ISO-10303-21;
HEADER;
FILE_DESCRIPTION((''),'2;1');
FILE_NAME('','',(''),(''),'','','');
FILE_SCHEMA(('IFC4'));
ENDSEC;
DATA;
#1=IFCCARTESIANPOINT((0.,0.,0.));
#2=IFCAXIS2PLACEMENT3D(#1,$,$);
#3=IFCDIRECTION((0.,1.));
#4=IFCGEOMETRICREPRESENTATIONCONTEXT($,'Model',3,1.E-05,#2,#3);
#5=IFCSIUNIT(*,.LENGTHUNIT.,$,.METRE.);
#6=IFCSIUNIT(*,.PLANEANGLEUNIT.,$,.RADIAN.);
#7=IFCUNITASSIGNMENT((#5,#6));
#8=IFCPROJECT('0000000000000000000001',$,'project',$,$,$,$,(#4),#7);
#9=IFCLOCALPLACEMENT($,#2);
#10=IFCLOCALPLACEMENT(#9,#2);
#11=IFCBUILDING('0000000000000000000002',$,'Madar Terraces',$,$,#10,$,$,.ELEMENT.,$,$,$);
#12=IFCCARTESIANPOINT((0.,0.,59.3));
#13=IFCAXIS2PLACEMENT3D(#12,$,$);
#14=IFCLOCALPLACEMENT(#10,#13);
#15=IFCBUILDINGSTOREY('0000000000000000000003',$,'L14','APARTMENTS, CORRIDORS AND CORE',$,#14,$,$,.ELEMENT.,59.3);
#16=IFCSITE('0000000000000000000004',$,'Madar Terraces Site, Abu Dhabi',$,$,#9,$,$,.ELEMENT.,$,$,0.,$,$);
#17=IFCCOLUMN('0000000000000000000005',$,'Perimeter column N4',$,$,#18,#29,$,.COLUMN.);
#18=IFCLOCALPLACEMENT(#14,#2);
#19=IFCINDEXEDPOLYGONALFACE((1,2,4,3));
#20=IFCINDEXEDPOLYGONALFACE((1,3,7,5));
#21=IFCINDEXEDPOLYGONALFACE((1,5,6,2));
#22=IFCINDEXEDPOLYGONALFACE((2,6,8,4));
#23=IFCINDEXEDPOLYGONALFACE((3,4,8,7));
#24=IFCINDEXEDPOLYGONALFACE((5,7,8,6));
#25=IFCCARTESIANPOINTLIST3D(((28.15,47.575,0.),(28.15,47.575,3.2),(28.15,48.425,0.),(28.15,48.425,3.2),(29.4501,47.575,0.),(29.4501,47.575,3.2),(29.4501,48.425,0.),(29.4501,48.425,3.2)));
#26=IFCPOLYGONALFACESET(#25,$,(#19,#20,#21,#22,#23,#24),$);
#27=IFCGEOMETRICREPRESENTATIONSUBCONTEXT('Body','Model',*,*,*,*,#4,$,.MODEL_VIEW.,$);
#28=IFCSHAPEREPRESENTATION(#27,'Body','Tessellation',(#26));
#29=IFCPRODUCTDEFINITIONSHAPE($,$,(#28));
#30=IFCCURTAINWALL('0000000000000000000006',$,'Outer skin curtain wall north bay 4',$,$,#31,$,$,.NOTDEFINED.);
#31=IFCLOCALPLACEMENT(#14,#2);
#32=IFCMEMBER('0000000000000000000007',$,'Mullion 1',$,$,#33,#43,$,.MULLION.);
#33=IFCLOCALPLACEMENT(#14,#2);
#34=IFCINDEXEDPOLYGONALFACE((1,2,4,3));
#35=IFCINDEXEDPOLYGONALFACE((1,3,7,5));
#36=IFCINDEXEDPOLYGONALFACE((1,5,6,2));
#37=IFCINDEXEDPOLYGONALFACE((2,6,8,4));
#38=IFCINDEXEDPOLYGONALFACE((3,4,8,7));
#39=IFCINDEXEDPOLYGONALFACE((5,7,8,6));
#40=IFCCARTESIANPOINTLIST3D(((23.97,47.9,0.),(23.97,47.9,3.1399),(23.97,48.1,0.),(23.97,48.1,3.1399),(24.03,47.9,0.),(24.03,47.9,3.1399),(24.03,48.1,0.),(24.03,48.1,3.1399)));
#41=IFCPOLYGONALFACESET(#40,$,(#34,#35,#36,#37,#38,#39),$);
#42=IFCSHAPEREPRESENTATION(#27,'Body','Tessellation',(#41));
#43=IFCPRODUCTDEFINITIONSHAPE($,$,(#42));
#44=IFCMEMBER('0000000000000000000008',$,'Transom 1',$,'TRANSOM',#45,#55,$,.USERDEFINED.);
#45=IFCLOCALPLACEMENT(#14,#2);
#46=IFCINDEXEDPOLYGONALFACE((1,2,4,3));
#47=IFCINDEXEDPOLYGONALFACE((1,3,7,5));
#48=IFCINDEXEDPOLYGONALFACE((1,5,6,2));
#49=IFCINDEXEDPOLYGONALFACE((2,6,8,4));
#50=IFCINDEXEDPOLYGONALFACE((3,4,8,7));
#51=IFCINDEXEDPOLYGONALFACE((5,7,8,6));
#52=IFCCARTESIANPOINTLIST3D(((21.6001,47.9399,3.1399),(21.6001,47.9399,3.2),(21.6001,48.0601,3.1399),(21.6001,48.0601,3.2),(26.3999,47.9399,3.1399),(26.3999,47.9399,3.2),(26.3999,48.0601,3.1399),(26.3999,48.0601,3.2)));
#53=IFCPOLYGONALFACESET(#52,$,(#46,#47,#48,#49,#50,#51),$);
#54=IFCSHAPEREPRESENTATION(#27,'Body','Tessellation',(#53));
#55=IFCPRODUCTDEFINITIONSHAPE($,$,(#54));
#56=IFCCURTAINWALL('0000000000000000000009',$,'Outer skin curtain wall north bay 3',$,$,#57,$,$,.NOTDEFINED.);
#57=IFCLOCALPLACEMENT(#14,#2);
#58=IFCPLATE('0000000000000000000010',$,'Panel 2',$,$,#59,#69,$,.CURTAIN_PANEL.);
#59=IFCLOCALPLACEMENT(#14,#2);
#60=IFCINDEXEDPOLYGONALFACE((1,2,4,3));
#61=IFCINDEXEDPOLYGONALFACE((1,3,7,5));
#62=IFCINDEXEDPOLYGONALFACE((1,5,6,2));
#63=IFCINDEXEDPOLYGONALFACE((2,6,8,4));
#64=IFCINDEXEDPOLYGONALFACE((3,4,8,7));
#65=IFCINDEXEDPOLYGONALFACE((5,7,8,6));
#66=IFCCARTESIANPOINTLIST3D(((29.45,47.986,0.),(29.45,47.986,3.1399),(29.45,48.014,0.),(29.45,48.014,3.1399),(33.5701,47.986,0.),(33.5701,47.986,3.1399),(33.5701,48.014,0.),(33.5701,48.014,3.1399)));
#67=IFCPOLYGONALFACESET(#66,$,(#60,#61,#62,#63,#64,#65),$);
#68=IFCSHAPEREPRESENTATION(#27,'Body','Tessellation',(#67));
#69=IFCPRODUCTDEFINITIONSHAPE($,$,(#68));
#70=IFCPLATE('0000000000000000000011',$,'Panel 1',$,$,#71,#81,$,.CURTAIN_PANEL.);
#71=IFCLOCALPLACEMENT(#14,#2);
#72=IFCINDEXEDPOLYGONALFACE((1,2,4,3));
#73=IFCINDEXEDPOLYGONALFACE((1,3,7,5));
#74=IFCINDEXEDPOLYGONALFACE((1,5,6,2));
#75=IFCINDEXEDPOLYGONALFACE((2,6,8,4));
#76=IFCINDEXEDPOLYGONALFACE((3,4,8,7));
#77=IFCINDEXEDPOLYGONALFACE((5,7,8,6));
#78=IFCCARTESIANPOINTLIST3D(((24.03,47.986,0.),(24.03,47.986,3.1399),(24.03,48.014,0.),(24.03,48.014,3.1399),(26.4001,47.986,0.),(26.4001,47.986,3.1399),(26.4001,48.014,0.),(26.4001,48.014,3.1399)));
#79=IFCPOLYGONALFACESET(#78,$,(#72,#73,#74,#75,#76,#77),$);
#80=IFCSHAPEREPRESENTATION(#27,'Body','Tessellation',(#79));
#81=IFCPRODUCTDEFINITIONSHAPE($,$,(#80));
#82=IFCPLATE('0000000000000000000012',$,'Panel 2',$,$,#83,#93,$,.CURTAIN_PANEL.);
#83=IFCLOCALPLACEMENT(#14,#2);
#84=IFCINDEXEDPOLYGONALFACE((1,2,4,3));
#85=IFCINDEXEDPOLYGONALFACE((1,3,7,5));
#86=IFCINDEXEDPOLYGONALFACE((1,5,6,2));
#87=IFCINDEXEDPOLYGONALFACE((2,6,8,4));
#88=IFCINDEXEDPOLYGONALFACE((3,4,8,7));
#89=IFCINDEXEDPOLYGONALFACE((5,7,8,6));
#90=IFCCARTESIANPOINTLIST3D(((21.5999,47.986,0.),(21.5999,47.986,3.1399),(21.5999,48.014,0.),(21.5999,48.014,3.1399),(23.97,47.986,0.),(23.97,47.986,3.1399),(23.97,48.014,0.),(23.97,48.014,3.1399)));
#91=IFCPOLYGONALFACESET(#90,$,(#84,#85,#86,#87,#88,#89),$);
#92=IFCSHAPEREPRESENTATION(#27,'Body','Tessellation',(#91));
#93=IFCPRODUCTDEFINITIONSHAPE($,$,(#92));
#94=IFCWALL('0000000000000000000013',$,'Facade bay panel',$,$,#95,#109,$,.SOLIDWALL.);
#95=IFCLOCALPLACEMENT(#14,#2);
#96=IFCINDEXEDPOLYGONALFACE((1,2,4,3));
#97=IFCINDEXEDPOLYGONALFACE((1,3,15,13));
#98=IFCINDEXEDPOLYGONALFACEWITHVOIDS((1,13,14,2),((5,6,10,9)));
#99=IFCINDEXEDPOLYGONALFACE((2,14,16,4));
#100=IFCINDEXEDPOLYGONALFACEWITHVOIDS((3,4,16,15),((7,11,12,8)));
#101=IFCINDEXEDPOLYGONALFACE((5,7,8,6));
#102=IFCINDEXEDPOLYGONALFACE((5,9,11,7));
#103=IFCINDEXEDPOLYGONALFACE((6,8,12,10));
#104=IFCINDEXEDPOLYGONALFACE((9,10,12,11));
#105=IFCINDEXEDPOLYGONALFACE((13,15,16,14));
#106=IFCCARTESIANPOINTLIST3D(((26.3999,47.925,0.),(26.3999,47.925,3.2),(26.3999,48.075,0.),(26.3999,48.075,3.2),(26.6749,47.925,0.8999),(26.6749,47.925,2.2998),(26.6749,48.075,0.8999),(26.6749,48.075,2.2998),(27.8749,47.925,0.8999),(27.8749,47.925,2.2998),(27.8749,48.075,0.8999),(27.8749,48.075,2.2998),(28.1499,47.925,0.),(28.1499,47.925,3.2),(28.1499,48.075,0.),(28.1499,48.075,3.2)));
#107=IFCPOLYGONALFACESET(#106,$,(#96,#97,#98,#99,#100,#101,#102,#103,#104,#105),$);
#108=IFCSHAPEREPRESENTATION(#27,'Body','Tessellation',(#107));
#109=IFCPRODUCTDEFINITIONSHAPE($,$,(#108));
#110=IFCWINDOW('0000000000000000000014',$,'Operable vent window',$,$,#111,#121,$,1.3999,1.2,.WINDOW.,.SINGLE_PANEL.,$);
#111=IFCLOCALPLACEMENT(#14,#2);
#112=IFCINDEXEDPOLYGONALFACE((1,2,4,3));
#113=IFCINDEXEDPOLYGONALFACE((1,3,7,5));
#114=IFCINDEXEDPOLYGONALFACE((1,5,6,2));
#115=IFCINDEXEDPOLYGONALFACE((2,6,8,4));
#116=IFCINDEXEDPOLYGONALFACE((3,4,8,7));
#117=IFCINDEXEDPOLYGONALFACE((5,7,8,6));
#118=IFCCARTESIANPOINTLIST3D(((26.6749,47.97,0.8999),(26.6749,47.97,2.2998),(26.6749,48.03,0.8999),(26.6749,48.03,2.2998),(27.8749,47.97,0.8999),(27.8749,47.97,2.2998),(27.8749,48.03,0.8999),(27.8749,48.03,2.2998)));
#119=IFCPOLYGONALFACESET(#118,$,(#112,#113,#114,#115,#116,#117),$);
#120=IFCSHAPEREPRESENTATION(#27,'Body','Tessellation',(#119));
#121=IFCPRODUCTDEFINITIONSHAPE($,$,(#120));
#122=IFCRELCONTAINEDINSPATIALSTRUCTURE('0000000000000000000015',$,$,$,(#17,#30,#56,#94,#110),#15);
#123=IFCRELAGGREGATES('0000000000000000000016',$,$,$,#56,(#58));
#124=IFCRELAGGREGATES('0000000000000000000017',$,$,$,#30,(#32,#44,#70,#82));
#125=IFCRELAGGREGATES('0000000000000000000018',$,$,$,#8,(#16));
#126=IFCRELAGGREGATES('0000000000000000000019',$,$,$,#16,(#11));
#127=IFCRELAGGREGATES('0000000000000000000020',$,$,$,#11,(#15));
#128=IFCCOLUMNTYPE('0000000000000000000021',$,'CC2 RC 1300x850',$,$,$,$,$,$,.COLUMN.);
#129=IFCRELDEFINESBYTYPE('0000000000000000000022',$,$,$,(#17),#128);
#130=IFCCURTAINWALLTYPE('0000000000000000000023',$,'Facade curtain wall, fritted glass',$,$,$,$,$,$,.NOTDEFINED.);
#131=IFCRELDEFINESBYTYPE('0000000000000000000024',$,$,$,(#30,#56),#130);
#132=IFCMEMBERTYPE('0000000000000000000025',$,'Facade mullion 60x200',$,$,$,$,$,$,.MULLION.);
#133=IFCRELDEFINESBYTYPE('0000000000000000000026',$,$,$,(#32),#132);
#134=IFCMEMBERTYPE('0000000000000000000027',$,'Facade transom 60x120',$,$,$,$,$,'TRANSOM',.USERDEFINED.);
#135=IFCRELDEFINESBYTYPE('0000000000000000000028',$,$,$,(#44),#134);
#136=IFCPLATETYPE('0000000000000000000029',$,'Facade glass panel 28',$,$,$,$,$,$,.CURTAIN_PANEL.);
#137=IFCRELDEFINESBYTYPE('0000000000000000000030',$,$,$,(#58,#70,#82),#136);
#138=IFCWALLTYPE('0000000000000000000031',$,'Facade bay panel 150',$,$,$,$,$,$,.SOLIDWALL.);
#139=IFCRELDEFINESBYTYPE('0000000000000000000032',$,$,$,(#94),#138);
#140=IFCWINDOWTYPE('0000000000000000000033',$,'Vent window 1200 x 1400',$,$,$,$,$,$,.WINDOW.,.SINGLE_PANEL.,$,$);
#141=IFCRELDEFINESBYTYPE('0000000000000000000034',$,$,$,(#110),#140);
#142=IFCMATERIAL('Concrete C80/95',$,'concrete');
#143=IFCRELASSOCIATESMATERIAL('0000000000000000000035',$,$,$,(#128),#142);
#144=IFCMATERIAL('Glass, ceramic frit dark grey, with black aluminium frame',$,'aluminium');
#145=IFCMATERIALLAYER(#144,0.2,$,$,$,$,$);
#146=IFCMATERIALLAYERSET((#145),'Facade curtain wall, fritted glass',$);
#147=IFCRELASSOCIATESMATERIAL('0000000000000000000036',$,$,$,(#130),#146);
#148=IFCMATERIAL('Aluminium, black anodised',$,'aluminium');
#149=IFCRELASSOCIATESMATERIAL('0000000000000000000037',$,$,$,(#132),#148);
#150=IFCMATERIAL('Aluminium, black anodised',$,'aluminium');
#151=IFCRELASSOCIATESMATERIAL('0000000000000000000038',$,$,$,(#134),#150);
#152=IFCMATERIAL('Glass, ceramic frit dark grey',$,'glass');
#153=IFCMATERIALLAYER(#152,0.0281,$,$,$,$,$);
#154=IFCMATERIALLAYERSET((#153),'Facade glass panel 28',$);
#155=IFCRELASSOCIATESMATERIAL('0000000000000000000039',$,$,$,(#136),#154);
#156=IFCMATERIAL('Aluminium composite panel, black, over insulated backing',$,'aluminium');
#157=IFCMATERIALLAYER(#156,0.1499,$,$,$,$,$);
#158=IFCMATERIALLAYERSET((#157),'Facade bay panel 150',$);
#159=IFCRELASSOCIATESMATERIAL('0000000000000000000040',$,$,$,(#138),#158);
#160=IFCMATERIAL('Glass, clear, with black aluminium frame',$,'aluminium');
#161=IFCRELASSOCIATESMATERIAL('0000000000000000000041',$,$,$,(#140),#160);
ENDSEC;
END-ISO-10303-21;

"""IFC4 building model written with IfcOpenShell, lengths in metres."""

from ifc_helpers import new_model, si_unit, direction, frame, frame_2d, origin, origin_2d, place, context, subcontext, project, spatial, rectangle, extrude, material, layer, layer_set, material_profile, profile_set, type_object, element, fill, aggregate, save


model = new_model("IFC4")

# Units and contexts
model_context = context("Model", 3, precision=1e-05, world=origin(), true_north=direction((0.0, 1.0)))
body_context = subcontext(model_context, "Body", "Model", "MODEL_VIEW")
ifc_project = project(units=[si_unit("LENGTHUNIT", "METRE"), si_unit("PLANEANGLEUNIT", "RADIAN")], contexts=[model_context])

# Site, building, storey
site_placement = place(None, origin())
site = spatial("IfcSite", under=ifc_project, at=site_placement, Name="Madar Terraces Site, Abu Dhabi", CompositionType="ELEMENT", RefElevation=0.0)
building_placement = place(site_placement, origin())
building = spatial("IfcBuilding", under=site, at=building_placement, Name="Madar Terraces", CompositionType="ELEMENT")
storey_placement = place(building_placement, frame((0.0, 0.0, 59.3)))
storey = spatial("IfcBuildingStorey", under=building, at=storey_placement, Name="L14", Description="APARTMENTS, CORRIDORS AND CORE", CompositionType="ELEMENT", Elevation=59.3)

# Column
ifc_material_1 = material(Name="Concrete C80/95", Category="concrete")
ifc_material_profile_1 = material_profile(ifc_material_1, rectangle(XDim=1.3, YDim=0.8501, at=origin_2d()), Name="CC2 RC 1300x850")
ifc_profile_set_1 = profile_set([ifc_material_profile_1], Name="Concrete C80/95")
column_type = type_object("IfcColumnType", Name="CC2 RC 1300x850", PredefinedType="COLUMN", material=ifc_profile_set_1)
column_placement = place(storey_placement, frame((28.8, 48.0, 0.0), z_axis=(0.0, 0.0, 1.0), x_axis=(1.0, 0.0, 0.0)))
element("IfcColumn", 1, at=column_placement, inside=storey, type_object=column_type, Name="Perimeter column N4", PredefinedType="COLUMN", context=body_context, shape_type="SweptSolid", body=[
    extrude(rectangle(XDim=1.3, YDim=0.8501, at=origin_2d()), origin(), (0.0, 0.0, 1.0), 3.2),
])

# Curtain wall, members
ifc_material_2 = material(Name="Glass, ceramic frit dark grey, with black aluminium frame", Category="aluminium")
ifc_layer_1 = layer(ifc_material_2, 0.2)
ifc_layer_set_1 = layer_set([ifc_layer_1], Name="Facade curtain wall, fritted glass")
curtain_wall_type = type_object("IfcCurtainWallType", Name="Facade curtain wall, fritted glass", PredefinedType="NOTDEFINED", material=ifc_layer_set_1)
curtain_wall_1_placement = place(storey_placement, origin())
curtain_wall_1 = element("IfcCurtainWall", 2, at=curtain_wall_1_placement, inside=storey, type_object=curtain_wall_type, Name="Outer skin curtain wall north bay 4", PredefinedType="NOTDEFINED")
ifc_material_3 = material(Name="Aluminium, black anodised", Category="aluminium")
ifc_material_profile_2 = material_profile(ifc_material_3, rectangle(XDim=0.2, YDim=0.0601, at=origin_2d()), Name="Facade mullion 60x200")
ifc_profile_set_2 = profile_set([ifc_material_profile_2], Name="Aluminium, black anodised")
member_type_1 = type_object("IfcMemberType", Name="Facade mullion 60x200", PredefinedType="MULLION", material=ifc_profile_set_2)
member_1_placement = place(storey_placement, frame((24.0, 48.0, 0.0), z_axis=(0.0, 0.0, 1.0), x_axis=(0.0, -1.0, 0.0)))
member_1 = element("IfcMember", 3, at=member_1_placement, type_object=member_type_1, Name="Mullion 1", PredefinedType="MULLION", context=body_context, shape_type="SweptSolid", body=[
    extrude(rectangle(XDim=0.2, YDim=0.0601, at=origin_2d()), origin(), (0.0, 0.0, 1.0), 3.1399),
])
ifc_material_4 = material(Name="Aluminium, black anodised", Category="aluminium")
ifc_material_profile_3 = material_profile(ifc_material_4, rectangle(XDim=0.1201, YDim=0.0601, at=origin_2d()), Name="Facade transom 60x120")
ifc_profile_set_3 = profile_set([ifc_material_profile_3], Name="Aluminium, black anodised")
member_type_2 = type_object("IfcMemberType", Name="Facade transom 60x120", ElementType="TRANSOM", PredefinedType="USERDEFINED", material=ifc_profile_set_3)
member_2_placement = place(storey_placement, frame((26.3999, 48.0, 3.1699), z_axis=(-1.0, 0.0, 0.0), x_axis=(0.0, -1.0, 0.0)))
member_2 = element("IfcMember", 4, at=member_2_placement, type_object=member_type_2, Name="Transom 1", ObjectType="TRANSOM", PredefinedType="USERDEFINED", context=body_context, shape_type="SweptSolid", body=[
    extrude(rectangle(XDim=0.1201, YDim=0.0601, at=origin_2d()), origin(), (0.0, 0.0, 1.0), 4.7998),
])

# Curtain wall, plate
curtain_wall_2_placement = place(storey_placement, origin())
curtain_wall_2 = element("IfcCurtainWall", 5, at=curtain_wall_2_placement, inside=storey, type_object=curtain_wall_type, Name="Outer skin curtain wall north bay 3", PredefinedType="NOTDEFINED")
ifc_material_5 = material(Name="Glass, ceramic frit dark grey", Category="glass")
ifc_layer_2 = layer(ifc_material_5, 0.0281)
ifc_layer_set_2 = layer_set([ifc_layer_2], Name="Facade glass panel 28")
plate_type = type_object("IfcPlateType", Name="Facade glass panel 28", PredefinedType="CURTAIN_PANEL", material=ifc_layer_set_2)
plate_1_placement = place(storey_placement, frame((31.51, 48.0, 0.0), z_axis=(0.0, 0.0, 1.0), x_axis=(-1.0, 0.0, 0.0)))
plate_1 = element("IfcPlate", 6, at=plate_1_placement, type_object=plate_type, Name="Panel 2", PredefinedType="CURTAIN_PANEL", context=body_context, shape_type="SweptSolid", body=[
    extrude(rectangle(XDim=4.1201, YDim=0.0281, at=origin_2d()), origin(), (0.0, 0.0, 1.0), 3.1399),
])
aggregate(curtain_wall_2, [plate_1])

# Plates
plate_2_placement = place(storey_placement, frame((25.2151, 48.0, 0.0), z_axis=(0.0, 0.0, 1.0), x_axis=(-1.0, 0.0, 0.0)))
plate_2 = element("IfcPlate", 7, at=plate_2_placement, type_object=plate_type, Name="Panel 1", PredefinedType="CURTAIN_PANEL", context=body_context, shape_type="SweptSolid", body=[
    extrude(rectangle(XDim=2.3701, YDim=0.0281, at=origin_2d()), origin(), (0.0, 0.0, 1.0), 3.1399),
])
plate_3_placement = place(storey_placement, frame((22.7849, 48.0, 0.0), z_axis=(0.0, 0.0, 1.0), x_axis=(-1.0, 0.0, 0.0)))
plate_3 = element("IfcPlate", 8, at=plate_3_placement, type_object=plate_type, Name="Panel 2", PredefinedType="CURTAIN_PANEL", context=body_context, shape_type="SweptSolid", body=[
    extrude(rectangle(XDim=2.3701, YDim=0.0281, at=origin_2d()), origin(), (0.0, 0.0, 1.0), 3.1399),
])
aggregate(curtain_wall_1, [member_1, member_2, plate_2, plate_3])

# Wall, opening, window
ifc_material_6 = material(Name="Aluminium composite panel, black, over insulated backing", Category="aluminium")
ifc_layer_3 = layer(ifc_material_6, 0.1499)
ifc_layer_set_3 = layer_set([ifc_layer_3], Name="Facade bay panel 150")
wall_type_1 = type_object("IfcWallType", Name="Facade bay panel 150", PredefinedType="SOLIDWALL", material=ifc_layer_set_3)
wall_1_placement = place(storey_placement, frame((28.1499, 48.0, 0.0), z_axis=(0.0, 0.0, 1.0), x_axis=(-1.0, 0.0, 0.0)))
wall_1 = element("IfcWall", 9, at=wall_1_placement, inside=storey, type_object=wall_type_1, Name="Facade bay panel", PredefinedType="SOLIDWALL", context=body_context, shape_type="SweptSolid", body=[
    extrude(rectangle(XDim=1.75, YDim=0.1499, at=frame_2d((0.875, 0.0))), origin(), (0.0, 0.0, 1.0), 3.2),
])
opening_1_placement = place(wall_1_placement, frame((0.2749, 0.0, 0.8999)))
opening_1 = element("IfcOpeningElement", 10, at=opening_1_placement, cuts=wall_1, PredefinedType="OPENING", context=body_context, shape_type="SweptSolid", body=[
    extrude(rectangle(XDim=1.2, YDim=1.3999, at=frame_2d((0.6001, 0.7))), frame((0.0, 0.085, 0.0), z_axis=(0.0, -1.0, 0.0), x_axis=(1.0, 0.0, 0.0)), (0.0, 0.0, 1.0), 0.1699),
])
ifc_material_7 = material(Name="Glass, clear, with black aluminium frame", Category="aluminium")
window_type = type_object("IfcWindowType", Name="Vent window 1200 x 1400", PartitioningType="SINGLE_PANEL", PredefinedType="WINDOW", material=ifc_material_7)
window_placement = place(opening_1_placement, origin())
window = element("IfcWindow", 11, at=window_placement, inside=storey, type_object=window_type, Name="Operable vent window", OverallHeight=1.3999, OverallWidth=1.2, PartitioningType="SINGLE_PANEL", PredefinedType="WINDOW", context=body_context, shape_type="SweptSolid", body=[
    extrude(rectangle(XDim=1.2, YDim=1.3999, at=frame_2d((0.6001, 0.7))), frame((0.0, 0.03, 0.0), z_axis=(0.0, -1.0, 0.0), x_axis=(1.0, 0.0, 0.0)), (0.0, 0.0, 1.0), 0.0601),
])
fill(opening_1, window)

save(model, "model.ifc")
